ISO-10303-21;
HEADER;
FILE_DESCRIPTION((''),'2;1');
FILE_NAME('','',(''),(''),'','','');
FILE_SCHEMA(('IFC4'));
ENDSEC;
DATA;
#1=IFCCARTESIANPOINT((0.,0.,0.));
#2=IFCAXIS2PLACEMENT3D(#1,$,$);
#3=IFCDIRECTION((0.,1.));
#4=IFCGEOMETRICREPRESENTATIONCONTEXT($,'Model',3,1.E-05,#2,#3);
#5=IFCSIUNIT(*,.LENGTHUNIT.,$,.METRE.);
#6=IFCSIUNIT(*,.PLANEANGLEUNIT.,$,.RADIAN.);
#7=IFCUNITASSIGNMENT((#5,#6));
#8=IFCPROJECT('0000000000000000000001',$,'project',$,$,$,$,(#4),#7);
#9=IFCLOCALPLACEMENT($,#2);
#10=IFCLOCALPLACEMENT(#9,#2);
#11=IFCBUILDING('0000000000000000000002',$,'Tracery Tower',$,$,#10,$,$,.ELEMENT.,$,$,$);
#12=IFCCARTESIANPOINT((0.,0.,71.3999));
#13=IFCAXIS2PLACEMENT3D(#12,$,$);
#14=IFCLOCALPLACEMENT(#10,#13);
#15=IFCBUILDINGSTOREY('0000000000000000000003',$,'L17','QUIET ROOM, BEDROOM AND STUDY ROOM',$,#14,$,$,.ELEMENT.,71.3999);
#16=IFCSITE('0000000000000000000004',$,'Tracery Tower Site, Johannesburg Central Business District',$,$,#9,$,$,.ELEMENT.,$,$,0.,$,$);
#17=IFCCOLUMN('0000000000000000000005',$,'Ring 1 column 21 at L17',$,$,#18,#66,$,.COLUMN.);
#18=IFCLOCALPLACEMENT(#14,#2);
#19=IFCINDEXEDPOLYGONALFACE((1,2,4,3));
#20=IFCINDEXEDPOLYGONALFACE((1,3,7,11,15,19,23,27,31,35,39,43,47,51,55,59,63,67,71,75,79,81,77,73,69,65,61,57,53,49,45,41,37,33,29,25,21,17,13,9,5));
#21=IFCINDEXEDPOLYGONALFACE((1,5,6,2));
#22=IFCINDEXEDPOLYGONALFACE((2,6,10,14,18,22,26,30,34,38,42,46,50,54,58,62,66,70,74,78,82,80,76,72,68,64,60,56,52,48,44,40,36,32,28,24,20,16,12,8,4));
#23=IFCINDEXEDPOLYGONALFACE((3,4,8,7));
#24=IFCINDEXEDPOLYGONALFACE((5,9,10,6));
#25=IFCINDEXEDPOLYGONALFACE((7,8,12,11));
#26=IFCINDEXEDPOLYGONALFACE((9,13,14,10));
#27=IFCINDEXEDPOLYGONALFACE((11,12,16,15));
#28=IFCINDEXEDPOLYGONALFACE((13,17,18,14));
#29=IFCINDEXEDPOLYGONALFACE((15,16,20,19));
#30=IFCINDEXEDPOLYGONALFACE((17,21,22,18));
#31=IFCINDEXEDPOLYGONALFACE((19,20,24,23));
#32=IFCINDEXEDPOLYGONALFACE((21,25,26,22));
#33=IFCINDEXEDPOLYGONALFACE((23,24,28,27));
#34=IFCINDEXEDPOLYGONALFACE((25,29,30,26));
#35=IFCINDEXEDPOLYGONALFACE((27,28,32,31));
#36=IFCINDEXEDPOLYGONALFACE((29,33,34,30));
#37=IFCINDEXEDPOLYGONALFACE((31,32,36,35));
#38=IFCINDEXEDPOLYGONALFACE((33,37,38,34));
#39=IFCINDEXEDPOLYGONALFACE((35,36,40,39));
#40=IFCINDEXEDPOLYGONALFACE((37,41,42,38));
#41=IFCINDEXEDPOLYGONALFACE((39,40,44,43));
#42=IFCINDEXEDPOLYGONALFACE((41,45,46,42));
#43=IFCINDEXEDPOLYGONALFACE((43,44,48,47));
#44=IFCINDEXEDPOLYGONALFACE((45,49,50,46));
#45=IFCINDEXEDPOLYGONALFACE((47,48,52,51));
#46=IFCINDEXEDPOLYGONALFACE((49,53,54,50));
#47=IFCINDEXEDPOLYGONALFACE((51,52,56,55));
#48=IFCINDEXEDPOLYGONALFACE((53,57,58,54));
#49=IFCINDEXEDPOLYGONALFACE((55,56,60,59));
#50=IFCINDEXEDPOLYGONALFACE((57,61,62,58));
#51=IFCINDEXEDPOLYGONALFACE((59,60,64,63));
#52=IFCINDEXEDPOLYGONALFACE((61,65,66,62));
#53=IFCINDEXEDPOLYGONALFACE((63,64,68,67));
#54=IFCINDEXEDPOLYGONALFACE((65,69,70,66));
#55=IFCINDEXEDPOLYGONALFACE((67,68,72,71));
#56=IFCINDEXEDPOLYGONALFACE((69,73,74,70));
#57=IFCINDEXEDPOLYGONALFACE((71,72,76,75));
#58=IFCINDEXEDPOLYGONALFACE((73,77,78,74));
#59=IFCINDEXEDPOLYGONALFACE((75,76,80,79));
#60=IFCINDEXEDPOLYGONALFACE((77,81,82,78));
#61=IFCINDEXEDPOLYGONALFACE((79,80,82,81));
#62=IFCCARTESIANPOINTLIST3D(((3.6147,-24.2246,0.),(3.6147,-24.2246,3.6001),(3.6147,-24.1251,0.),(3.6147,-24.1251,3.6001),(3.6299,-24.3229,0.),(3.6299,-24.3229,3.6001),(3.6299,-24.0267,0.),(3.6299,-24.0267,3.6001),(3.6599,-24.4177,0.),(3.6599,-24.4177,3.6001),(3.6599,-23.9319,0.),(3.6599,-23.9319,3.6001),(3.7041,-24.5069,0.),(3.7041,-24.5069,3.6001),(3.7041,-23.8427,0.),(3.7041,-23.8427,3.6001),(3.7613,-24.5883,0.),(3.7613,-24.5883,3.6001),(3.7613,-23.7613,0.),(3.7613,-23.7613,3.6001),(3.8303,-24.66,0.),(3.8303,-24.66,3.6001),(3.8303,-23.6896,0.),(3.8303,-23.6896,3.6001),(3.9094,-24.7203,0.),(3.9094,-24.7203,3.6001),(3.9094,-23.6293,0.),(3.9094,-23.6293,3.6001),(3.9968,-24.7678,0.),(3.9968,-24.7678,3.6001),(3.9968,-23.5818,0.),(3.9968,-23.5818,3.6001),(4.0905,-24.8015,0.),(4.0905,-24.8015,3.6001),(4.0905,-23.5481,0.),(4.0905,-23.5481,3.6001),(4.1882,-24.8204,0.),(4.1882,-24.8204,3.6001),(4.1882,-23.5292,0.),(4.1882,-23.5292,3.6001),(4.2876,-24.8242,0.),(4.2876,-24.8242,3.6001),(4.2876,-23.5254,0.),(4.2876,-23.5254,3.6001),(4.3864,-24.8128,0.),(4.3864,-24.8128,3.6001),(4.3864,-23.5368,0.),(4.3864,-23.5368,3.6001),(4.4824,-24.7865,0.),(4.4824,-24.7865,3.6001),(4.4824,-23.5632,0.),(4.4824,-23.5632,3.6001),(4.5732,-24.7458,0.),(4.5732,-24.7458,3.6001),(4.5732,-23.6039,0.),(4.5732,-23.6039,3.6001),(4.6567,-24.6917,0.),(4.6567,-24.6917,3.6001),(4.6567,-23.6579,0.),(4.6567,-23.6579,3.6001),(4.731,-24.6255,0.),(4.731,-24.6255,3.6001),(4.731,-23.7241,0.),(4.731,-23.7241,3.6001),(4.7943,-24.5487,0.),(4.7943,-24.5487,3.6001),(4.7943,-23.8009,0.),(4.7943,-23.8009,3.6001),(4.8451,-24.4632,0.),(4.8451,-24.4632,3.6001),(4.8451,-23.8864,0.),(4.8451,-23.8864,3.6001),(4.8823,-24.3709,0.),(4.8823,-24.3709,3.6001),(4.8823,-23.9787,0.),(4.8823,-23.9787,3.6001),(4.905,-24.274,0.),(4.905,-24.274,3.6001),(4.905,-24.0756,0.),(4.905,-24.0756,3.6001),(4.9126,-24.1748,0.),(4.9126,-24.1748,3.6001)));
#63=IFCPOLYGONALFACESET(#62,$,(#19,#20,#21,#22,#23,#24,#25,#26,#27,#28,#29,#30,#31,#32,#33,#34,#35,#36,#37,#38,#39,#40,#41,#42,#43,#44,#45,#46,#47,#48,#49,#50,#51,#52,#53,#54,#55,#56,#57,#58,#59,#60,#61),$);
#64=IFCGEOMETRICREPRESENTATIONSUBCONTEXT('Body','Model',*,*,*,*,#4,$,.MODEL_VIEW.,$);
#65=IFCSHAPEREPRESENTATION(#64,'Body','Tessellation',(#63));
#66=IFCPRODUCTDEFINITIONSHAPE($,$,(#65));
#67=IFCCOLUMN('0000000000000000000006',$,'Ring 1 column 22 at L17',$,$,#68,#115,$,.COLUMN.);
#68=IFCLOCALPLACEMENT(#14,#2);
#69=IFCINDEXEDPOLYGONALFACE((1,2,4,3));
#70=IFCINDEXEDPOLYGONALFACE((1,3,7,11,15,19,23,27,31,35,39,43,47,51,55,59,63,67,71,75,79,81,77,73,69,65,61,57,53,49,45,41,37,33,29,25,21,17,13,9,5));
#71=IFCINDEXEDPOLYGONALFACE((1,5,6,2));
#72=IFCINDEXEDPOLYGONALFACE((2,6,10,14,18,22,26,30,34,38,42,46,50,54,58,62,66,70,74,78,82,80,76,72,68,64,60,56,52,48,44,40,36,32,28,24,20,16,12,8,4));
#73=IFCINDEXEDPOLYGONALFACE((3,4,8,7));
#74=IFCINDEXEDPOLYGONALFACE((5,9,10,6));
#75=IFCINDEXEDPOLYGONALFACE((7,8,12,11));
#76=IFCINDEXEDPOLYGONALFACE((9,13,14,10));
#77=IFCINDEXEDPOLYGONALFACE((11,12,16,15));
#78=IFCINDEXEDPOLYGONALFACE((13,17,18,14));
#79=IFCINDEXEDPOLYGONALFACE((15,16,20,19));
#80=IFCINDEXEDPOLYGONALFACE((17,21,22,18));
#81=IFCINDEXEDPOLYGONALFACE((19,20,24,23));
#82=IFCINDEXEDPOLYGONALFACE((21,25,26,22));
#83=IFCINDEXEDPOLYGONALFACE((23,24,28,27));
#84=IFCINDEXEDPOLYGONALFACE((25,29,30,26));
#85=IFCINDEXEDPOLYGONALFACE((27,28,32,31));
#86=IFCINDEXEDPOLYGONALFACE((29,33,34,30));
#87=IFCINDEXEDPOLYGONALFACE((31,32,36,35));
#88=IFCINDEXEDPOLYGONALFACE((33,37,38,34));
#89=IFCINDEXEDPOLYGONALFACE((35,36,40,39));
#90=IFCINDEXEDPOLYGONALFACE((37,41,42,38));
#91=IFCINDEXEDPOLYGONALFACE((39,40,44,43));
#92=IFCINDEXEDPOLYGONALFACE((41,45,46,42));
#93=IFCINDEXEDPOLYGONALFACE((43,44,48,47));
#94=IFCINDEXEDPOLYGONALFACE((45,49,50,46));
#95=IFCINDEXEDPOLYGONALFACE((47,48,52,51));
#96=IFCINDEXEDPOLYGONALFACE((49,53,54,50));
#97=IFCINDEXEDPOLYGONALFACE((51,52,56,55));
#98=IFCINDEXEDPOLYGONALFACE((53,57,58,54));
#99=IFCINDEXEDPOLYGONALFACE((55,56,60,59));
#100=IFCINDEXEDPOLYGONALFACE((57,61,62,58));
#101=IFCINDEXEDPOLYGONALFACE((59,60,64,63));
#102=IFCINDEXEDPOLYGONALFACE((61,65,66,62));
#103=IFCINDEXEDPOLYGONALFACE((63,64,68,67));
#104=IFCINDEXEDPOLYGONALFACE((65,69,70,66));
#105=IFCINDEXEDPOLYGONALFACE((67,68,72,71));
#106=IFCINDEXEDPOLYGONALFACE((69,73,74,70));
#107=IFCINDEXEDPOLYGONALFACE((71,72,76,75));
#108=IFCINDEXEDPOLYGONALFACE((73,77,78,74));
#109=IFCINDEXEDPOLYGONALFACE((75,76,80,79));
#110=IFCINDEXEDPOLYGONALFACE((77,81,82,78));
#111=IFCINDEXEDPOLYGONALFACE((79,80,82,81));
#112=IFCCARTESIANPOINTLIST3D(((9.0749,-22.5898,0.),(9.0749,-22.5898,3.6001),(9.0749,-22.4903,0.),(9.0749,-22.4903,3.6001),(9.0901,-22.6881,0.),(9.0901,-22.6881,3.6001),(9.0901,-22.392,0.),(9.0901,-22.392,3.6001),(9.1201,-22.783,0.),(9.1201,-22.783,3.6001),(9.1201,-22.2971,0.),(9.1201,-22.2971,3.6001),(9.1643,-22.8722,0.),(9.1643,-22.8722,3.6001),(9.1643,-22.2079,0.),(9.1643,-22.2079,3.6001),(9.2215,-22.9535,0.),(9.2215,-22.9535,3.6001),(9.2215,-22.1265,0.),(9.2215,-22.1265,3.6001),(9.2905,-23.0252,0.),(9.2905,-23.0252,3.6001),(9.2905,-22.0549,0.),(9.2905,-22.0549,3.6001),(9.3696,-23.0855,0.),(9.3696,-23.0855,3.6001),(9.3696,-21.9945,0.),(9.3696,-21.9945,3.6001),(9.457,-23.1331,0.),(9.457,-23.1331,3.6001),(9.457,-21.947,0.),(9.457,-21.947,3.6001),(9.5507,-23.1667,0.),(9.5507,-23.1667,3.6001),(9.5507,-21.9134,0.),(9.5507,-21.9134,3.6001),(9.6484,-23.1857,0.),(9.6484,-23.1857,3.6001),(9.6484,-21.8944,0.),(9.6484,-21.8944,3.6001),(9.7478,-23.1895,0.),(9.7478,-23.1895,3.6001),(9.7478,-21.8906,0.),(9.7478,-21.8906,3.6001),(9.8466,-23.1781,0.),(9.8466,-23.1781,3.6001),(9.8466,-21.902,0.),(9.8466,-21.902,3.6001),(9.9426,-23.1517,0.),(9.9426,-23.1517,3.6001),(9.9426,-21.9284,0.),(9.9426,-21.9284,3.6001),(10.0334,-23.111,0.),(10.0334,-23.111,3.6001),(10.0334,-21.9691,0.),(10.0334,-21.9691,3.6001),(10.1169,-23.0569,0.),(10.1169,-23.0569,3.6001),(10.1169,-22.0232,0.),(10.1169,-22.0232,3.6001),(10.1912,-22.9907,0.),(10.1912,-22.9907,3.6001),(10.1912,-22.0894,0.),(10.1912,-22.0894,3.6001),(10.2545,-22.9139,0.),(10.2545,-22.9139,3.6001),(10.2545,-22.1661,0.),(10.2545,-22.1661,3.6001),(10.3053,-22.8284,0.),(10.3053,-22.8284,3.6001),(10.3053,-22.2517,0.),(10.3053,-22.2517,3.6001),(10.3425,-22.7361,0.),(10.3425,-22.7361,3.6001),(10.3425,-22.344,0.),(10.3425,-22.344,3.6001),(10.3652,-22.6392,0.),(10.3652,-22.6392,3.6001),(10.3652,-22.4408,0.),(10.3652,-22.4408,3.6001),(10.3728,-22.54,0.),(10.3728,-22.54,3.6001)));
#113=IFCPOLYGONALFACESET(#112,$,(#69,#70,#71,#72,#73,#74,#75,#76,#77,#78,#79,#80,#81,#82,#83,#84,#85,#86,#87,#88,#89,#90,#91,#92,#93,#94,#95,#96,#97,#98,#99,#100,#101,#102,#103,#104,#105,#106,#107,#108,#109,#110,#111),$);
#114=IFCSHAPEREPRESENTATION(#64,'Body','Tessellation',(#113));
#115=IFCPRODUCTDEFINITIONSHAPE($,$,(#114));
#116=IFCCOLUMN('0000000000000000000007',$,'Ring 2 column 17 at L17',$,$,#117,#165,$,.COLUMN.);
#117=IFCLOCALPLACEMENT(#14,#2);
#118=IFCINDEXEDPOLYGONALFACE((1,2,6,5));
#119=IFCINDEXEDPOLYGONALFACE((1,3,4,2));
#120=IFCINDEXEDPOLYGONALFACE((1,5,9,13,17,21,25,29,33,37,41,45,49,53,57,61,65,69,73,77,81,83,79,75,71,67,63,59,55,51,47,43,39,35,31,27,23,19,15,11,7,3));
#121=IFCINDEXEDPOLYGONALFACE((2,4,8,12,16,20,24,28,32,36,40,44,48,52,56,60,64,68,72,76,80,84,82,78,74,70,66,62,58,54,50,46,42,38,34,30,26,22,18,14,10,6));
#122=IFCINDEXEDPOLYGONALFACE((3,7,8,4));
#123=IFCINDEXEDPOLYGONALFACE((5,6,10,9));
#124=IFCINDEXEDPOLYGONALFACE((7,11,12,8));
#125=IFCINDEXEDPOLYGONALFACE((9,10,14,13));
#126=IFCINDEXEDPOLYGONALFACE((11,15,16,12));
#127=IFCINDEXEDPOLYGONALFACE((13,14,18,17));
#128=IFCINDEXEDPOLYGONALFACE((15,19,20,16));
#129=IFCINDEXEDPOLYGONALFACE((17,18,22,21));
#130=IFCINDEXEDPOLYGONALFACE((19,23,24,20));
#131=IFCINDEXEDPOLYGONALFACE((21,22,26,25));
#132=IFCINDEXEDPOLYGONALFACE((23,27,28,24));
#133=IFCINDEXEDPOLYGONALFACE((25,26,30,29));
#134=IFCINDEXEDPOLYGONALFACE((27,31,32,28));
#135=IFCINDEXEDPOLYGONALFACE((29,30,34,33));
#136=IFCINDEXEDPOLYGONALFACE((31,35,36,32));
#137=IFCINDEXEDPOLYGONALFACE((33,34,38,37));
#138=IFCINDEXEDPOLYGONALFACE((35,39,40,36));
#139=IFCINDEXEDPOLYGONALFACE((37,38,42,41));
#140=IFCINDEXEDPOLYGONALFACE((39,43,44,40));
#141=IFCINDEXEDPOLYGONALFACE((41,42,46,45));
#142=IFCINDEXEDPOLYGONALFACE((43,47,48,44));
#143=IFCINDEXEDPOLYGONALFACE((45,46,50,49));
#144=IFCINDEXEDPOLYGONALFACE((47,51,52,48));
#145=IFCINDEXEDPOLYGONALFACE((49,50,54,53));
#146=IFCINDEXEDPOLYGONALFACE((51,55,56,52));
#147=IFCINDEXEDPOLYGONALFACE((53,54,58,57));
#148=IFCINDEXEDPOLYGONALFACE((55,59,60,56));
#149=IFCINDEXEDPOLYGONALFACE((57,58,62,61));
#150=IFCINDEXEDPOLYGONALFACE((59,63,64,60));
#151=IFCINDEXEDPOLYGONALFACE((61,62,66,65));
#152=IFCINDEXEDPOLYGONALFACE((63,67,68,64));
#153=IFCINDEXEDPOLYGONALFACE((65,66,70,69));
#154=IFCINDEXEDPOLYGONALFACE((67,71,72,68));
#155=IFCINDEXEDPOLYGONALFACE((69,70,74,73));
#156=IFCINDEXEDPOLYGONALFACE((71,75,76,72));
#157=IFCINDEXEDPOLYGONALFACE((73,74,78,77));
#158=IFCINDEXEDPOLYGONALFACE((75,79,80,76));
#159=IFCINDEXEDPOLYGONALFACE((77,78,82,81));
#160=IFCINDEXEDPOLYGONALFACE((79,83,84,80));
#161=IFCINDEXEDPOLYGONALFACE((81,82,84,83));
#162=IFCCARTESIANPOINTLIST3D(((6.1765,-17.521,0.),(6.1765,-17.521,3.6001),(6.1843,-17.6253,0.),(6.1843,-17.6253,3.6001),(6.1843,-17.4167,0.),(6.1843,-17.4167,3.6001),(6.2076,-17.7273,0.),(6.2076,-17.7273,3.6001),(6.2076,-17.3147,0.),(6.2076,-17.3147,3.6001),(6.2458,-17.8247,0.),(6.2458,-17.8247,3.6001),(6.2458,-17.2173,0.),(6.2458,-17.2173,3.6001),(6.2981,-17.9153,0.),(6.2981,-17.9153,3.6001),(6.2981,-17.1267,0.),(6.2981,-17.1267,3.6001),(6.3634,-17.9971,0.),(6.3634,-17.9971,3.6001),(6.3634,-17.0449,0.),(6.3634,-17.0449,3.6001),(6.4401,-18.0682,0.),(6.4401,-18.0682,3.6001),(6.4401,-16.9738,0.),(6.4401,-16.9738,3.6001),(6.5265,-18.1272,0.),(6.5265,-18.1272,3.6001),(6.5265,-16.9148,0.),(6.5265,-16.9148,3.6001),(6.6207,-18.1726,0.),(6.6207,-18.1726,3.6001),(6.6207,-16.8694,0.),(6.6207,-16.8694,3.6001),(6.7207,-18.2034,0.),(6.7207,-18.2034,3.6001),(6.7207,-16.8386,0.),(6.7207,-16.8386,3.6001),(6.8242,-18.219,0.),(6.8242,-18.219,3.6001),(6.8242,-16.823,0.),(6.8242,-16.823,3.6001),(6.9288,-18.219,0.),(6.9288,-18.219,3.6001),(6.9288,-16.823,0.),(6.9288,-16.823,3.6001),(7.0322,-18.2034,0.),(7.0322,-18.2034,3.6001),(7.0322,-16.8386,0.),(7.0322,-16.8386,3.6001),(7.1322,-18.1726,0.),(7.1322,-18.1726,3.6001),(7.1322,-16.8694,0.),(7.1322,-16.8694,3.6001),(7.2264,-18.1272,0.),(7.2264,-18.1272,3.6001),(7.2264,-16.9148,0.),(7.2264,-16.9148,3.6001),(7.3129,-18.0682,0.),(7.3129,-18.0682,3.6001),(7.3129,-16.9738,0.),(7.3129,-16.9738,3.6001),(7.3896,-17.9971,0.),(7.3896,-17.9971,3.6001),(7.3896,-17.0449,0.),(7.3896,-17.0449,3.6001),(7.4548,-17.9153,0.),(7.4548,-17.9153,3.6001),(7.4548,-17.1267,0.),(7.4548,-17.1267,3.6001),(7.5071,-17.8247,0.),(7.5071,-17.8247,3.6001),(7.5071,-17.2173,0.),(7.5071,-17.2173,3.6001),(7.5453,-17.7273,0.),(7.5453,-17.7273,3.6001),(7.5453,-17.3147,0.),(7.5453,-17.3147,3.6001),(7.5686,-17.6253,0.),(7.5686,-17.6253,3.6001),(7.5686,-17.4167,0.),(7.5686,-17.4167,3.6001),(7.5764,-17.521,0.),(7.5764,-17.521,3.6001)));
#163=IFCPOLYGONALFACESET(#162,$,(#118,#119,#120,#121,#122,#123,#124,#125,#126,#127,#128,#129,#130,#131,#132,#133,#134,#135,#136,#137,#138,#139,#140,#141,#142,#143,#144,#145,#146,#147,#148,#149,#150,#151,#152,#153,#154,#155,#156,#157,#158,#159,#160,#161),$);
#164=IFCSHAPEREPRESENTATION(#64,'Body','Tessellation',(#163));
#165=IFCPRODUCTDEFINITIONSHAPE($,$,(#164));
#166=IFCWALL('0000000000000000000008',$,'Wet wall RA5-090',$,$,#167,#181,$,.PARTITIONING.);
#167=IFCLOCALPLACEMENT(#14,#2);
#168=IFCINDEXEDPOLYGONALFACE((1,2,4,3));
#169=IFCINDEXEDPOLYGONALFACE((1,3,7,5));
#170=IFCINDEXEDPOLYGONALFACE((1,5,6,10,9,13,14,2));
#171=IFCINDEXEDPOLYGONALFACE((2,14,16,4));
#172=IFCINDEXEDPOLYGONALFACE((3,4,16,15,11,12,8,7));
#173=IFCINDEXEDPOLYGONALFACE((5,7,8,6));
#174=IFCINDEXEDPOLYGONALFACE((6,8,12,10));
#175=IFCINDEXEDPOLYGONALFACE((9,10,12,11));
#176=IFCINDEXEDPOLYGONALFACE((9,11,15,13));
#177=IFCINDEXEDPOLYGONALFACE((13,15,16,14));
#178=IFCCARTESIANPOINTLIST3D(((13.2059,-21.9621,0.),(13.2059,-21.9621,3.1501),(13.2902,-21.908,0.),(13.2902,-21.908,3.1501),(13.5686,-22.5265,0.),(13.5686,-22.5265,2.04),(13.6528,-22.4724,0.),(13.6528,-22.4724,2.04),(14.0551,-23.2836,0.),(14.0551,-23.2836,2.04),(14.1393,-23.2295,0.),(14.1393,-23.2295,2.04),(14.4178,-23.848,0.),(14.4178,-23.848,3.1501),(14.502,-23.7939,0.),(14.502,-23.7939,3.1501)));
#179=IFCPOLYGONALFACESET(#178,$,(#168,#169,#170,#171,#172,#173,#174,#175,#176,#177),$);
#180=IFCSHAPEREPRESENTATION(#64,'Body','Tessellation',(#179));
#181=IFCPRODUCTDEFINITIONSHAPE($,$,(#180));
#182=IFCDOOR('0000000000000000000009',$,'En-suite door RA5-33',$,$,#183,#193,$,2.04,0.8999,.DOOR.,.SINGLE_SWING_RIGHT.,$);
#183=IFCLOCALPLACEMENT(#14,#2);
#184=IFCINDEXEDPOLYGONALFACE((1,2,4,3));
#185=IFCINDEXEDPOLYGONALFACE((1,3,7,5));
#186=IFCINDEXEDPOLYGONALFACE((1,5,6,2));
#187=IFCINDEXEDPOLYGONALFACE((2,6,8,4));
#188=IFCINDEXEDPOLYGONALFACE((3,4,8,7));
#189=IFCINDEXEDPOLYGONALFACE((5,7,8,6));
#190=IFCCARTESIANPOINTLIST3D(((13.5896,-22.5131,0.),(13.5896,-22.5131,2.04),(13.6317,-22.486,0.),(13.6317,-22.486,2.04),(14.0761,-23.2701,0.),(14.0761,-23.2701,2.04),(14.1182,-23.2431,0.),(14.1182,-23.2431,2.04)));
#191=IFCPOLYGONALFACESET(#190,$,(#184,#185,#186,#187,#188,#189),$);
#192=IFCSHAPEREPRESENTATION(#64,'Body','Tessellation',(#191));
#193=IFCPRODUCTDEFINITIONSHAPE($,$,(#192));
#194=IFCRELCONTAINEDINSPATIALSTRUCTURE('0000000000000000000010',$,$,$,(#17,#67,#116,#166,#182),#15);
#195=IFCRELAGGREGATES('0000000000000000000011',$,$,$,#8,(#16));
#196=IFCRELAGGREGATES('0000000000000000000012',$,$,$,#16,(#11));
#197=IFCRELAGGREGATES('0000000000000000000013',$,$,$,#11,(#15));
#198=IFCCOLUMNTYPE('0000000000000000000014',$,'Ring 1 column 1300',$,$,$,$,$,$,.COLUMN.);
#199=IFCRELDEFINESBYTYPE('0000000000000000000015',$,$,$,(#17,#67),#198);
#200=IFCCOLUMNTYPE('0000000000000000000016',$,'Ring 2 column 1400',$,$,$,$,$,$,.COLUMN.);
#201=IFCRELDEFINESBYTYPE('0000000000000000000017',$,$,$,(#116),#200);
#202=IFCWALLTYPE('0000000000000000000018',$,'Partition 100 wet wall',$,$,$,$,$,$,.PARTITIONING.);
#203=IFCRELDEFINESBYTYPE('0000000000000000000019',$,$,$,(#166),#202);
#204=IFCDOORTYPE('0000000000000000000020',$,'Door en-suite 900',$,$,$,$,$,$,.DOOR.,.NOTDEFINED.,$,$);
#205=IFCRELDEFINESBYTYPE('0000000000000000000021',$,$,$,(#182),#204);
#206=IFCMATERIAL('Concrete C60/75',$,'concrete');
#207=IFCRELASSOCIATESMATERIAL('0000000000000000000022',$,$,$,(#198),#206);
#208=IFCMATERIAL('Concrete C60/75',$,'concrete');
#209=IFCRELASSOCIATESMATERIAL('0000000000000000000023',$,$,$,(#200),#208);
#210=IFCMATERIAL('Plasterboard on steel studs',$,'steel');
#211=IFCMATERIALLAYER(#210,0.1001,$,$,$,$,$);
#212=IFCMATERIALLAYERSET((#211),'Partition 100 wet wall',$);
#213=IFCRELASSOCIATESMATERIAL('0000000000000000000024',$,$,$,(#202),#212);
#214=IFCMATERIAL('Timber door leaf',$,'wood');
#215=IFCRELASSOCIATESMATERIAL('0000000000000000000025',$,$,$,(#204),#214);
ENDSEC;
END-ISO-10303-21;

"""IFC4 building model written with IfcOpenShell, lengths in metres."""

from ifc_helpers import new_model, si_unit, direction, frame, frame_2d, origin, origin_2d, place, context, subcontext, project, spatial, rectangle, circle, extrude, material, layer, layer_set, material_profile, profile_set, type_object, element, fill, save


model = new_model("IFC4")

# Units and contexts
model_context = context("Model", 3, precision=1e-05, world=origin(), true_north=direction((0.0, 1.0)))
body_context = subcontext(model_context, "Body", "Model", "MODEL_VIEW")
ifc_project = project(units=[si_unit("LENGTHUNIT", "METRE"), si_unit("PLANEANGLEUNIT", "RADIAN")], contexts=[model_context])

# Site, building, storey
site_placement = place(None, origin())
site = spatial("IfcSite", under=ifc_project, at=site_placement, Name="Tracery Tower Site, Johannesburg Central Business District", CompositionType="ELEMENT", RefElevation=0.0)
building_placement = place(site_placement, origin())
building = spatial("IfcBuilding", under=site, at=building_placement, Name="Tracery Tower", CompositionType="ELEMENT")
storey_placement = place(building_placement, frame((0.0, 0.0, 71.3999)))
storey = spatial("IfcBuildingStorey", under=building, at=storey_placement, Name="L17", Description="QUIET ROOM, BEDROOM AND STUDY ROOM", CompositionType="ELEMENT", Elevation=71.3999)

# Columns
ifc_material_1 = material(Name="Concrete C60/75", Category="concrete")
ifc_material_profile_1 = material_profile(ifc_material_1, circle(Radius=0.6499, at=origin_2d()), Name="RC D1300")
ifc_profile_set_1 = profile_set([ifc_material_profile_1], Name="Concrete C60/75")
column_type_1 = type_object("IfcColumnType", Name="Ring 1 column 1300", PredefinedType="COLUMN", material=ifc_profile_set_1)
for number, where, z_axis, x_axis, name in (
    (1, (4.2627, -24.1748, 0.0), (0.0, 0.0, 1.0), (1.0, 0.0, 0.0), "Ring 1 column 21 at L17"),
    (2, (9.7229, -22.54, 0.0), (0.0, 0.0, 1.0), (1.0, 0.0, 0.0), "Ring 1 column 22 at L17"),
):
    element("IfcColumn", number, at=place(storey_placement, frame(where, z_axis=z_axis, x_axis=x_axis)), inside=storey, type_object=column_type_1, Name=name, PredefinedType="COLUMN", context=body_context, shape_type="SweptSolid", body=[
        extrude(circle(Radius=0.6499, at=origin_2d()), origin(), (0.0, 0.0, 1.0), 3.6001),
    ])
ifc_material_2 = material(Name="Concrete C60/75", Category="concrete")
ifc_material_profile_2 = material_profile(ifc_material_2, circle(Radius=0.7, at=origin_2d()), Name="RC D1400")
ifc_profile_set_2 = profile_set([ifc_material_profile_2], Name="Concrete C60/75")
column_type_2 = type_object("IfcColumnType", Name="Ring 2 column 1400", PredefinedType="COLUMN", material=ifc_profile_set_2)
column_placement = place(storey_placement, frame((6.8765, -17.521, 0.0), z_axis=(0.0, 0.0, 1.0), x_axis=(1.0, 0.0, 0.0)))
element("IfcColumn", 3, at=column_placement, inside=storey, type_object=column_type_2, Name="Ring 2 column 17 at L17", PredefinedType="COLUMN", context=body_context, shape_type="SweptSolid", body=[
    extrude(circle(Radius=0.7, at=origin_2d()), origin(), (0.0, 0.0, 1.0), 3.6001),
])

# Wall, opening, door
ifc_material_3 = material(Name="Plasterboard on steel studs", Category="steel")
ifc_layer_1 = layer(ifc_material_3, 0.1001)
ifc_layer_set_1 = layer_set([ifc_layer_1], Name="Partition 100 wet wall")
wall_type_1 = type_object("IfcWallType", Name="Partition 100 wet wall", PredefinedType="PARTITIONING", material=ifc_layer_set_1)
wall_1_placement = place(storey_placement, frame((13.248, -21.9351, 0.0), z_axis=(0.0, 0.0, 1.0), x_axis=(0.540598, -0.841281, 0.0)))
wall_1 = element("IfcWall", 4, at=wall_1_placement, inside=storey, type_object=wall_type_1, Name="Wet wall RA5-090", PredefinedType="PARTITIONING", context=body_context, shape_type="SweptSolid", body=[
    extrude(rectangle(XDim=2.2417, YDim=0.1001, at=frame_2d((1.1208, 0.0))), origin(), (0.0, 0.0, 1.0), 3.1501),
])
opening_1_placement = place(wall_1_placement, frame((0.6709, 0.0, 0.0)))
opening_1 = element("IfcOpeningElement", 5, at=opening_1_placement, cuts=wall_1, PredefinedType="OPENING", context=body_context, shape_type="SweptSolid", body=[
    extrude(rectangle(XDim=0.8999, YDim=2.04, at=frame_2d((0.45, 1.02))), frame((0.0, 0.05, 0.0), z_axis=(0.0, -1.0, 0.0), x_axis=(1.0, 0.0, 0.0)), (0.0, 0.0, 1.0), 0.1001),
])
ifc_material_4 = material(Name="Timber door leaf", Category="wood")
door_type_1 = type_object("IfcDoorType", Name="Door en-suite 900", OperationType="NOTDEFINED", PredefinedType="DOOR", material=ifc_material_4)
door_1_placement = place(opening_1_placement, origin())
door_1 = element("IfcDoor", 6, at=door_1_placement, inside=storey, type_object=door_type_1, Name="En-suite door RA5-33", OperationType="SINGLE_SWING_RIGHT", OverallHeight=2.04, OverallWidth=0.8999, PredefinedType="DOOR", context=body_context, shape_type="SweptSolid", body=[
    extrude(rectangle(XDim=0.8999, YDim=2.04, at=frame_2d((0.45, 1.02))), frame((0.0, 0.0249, 0.0), z_axis=(0.0, -1.0, 0.0), x_axis=(1.0, 0.0, 0.0)), (0.0, 0.0, 1.0), 0.05),
])
fill(opening_1, door_1)

save(model, "model.ifc")
